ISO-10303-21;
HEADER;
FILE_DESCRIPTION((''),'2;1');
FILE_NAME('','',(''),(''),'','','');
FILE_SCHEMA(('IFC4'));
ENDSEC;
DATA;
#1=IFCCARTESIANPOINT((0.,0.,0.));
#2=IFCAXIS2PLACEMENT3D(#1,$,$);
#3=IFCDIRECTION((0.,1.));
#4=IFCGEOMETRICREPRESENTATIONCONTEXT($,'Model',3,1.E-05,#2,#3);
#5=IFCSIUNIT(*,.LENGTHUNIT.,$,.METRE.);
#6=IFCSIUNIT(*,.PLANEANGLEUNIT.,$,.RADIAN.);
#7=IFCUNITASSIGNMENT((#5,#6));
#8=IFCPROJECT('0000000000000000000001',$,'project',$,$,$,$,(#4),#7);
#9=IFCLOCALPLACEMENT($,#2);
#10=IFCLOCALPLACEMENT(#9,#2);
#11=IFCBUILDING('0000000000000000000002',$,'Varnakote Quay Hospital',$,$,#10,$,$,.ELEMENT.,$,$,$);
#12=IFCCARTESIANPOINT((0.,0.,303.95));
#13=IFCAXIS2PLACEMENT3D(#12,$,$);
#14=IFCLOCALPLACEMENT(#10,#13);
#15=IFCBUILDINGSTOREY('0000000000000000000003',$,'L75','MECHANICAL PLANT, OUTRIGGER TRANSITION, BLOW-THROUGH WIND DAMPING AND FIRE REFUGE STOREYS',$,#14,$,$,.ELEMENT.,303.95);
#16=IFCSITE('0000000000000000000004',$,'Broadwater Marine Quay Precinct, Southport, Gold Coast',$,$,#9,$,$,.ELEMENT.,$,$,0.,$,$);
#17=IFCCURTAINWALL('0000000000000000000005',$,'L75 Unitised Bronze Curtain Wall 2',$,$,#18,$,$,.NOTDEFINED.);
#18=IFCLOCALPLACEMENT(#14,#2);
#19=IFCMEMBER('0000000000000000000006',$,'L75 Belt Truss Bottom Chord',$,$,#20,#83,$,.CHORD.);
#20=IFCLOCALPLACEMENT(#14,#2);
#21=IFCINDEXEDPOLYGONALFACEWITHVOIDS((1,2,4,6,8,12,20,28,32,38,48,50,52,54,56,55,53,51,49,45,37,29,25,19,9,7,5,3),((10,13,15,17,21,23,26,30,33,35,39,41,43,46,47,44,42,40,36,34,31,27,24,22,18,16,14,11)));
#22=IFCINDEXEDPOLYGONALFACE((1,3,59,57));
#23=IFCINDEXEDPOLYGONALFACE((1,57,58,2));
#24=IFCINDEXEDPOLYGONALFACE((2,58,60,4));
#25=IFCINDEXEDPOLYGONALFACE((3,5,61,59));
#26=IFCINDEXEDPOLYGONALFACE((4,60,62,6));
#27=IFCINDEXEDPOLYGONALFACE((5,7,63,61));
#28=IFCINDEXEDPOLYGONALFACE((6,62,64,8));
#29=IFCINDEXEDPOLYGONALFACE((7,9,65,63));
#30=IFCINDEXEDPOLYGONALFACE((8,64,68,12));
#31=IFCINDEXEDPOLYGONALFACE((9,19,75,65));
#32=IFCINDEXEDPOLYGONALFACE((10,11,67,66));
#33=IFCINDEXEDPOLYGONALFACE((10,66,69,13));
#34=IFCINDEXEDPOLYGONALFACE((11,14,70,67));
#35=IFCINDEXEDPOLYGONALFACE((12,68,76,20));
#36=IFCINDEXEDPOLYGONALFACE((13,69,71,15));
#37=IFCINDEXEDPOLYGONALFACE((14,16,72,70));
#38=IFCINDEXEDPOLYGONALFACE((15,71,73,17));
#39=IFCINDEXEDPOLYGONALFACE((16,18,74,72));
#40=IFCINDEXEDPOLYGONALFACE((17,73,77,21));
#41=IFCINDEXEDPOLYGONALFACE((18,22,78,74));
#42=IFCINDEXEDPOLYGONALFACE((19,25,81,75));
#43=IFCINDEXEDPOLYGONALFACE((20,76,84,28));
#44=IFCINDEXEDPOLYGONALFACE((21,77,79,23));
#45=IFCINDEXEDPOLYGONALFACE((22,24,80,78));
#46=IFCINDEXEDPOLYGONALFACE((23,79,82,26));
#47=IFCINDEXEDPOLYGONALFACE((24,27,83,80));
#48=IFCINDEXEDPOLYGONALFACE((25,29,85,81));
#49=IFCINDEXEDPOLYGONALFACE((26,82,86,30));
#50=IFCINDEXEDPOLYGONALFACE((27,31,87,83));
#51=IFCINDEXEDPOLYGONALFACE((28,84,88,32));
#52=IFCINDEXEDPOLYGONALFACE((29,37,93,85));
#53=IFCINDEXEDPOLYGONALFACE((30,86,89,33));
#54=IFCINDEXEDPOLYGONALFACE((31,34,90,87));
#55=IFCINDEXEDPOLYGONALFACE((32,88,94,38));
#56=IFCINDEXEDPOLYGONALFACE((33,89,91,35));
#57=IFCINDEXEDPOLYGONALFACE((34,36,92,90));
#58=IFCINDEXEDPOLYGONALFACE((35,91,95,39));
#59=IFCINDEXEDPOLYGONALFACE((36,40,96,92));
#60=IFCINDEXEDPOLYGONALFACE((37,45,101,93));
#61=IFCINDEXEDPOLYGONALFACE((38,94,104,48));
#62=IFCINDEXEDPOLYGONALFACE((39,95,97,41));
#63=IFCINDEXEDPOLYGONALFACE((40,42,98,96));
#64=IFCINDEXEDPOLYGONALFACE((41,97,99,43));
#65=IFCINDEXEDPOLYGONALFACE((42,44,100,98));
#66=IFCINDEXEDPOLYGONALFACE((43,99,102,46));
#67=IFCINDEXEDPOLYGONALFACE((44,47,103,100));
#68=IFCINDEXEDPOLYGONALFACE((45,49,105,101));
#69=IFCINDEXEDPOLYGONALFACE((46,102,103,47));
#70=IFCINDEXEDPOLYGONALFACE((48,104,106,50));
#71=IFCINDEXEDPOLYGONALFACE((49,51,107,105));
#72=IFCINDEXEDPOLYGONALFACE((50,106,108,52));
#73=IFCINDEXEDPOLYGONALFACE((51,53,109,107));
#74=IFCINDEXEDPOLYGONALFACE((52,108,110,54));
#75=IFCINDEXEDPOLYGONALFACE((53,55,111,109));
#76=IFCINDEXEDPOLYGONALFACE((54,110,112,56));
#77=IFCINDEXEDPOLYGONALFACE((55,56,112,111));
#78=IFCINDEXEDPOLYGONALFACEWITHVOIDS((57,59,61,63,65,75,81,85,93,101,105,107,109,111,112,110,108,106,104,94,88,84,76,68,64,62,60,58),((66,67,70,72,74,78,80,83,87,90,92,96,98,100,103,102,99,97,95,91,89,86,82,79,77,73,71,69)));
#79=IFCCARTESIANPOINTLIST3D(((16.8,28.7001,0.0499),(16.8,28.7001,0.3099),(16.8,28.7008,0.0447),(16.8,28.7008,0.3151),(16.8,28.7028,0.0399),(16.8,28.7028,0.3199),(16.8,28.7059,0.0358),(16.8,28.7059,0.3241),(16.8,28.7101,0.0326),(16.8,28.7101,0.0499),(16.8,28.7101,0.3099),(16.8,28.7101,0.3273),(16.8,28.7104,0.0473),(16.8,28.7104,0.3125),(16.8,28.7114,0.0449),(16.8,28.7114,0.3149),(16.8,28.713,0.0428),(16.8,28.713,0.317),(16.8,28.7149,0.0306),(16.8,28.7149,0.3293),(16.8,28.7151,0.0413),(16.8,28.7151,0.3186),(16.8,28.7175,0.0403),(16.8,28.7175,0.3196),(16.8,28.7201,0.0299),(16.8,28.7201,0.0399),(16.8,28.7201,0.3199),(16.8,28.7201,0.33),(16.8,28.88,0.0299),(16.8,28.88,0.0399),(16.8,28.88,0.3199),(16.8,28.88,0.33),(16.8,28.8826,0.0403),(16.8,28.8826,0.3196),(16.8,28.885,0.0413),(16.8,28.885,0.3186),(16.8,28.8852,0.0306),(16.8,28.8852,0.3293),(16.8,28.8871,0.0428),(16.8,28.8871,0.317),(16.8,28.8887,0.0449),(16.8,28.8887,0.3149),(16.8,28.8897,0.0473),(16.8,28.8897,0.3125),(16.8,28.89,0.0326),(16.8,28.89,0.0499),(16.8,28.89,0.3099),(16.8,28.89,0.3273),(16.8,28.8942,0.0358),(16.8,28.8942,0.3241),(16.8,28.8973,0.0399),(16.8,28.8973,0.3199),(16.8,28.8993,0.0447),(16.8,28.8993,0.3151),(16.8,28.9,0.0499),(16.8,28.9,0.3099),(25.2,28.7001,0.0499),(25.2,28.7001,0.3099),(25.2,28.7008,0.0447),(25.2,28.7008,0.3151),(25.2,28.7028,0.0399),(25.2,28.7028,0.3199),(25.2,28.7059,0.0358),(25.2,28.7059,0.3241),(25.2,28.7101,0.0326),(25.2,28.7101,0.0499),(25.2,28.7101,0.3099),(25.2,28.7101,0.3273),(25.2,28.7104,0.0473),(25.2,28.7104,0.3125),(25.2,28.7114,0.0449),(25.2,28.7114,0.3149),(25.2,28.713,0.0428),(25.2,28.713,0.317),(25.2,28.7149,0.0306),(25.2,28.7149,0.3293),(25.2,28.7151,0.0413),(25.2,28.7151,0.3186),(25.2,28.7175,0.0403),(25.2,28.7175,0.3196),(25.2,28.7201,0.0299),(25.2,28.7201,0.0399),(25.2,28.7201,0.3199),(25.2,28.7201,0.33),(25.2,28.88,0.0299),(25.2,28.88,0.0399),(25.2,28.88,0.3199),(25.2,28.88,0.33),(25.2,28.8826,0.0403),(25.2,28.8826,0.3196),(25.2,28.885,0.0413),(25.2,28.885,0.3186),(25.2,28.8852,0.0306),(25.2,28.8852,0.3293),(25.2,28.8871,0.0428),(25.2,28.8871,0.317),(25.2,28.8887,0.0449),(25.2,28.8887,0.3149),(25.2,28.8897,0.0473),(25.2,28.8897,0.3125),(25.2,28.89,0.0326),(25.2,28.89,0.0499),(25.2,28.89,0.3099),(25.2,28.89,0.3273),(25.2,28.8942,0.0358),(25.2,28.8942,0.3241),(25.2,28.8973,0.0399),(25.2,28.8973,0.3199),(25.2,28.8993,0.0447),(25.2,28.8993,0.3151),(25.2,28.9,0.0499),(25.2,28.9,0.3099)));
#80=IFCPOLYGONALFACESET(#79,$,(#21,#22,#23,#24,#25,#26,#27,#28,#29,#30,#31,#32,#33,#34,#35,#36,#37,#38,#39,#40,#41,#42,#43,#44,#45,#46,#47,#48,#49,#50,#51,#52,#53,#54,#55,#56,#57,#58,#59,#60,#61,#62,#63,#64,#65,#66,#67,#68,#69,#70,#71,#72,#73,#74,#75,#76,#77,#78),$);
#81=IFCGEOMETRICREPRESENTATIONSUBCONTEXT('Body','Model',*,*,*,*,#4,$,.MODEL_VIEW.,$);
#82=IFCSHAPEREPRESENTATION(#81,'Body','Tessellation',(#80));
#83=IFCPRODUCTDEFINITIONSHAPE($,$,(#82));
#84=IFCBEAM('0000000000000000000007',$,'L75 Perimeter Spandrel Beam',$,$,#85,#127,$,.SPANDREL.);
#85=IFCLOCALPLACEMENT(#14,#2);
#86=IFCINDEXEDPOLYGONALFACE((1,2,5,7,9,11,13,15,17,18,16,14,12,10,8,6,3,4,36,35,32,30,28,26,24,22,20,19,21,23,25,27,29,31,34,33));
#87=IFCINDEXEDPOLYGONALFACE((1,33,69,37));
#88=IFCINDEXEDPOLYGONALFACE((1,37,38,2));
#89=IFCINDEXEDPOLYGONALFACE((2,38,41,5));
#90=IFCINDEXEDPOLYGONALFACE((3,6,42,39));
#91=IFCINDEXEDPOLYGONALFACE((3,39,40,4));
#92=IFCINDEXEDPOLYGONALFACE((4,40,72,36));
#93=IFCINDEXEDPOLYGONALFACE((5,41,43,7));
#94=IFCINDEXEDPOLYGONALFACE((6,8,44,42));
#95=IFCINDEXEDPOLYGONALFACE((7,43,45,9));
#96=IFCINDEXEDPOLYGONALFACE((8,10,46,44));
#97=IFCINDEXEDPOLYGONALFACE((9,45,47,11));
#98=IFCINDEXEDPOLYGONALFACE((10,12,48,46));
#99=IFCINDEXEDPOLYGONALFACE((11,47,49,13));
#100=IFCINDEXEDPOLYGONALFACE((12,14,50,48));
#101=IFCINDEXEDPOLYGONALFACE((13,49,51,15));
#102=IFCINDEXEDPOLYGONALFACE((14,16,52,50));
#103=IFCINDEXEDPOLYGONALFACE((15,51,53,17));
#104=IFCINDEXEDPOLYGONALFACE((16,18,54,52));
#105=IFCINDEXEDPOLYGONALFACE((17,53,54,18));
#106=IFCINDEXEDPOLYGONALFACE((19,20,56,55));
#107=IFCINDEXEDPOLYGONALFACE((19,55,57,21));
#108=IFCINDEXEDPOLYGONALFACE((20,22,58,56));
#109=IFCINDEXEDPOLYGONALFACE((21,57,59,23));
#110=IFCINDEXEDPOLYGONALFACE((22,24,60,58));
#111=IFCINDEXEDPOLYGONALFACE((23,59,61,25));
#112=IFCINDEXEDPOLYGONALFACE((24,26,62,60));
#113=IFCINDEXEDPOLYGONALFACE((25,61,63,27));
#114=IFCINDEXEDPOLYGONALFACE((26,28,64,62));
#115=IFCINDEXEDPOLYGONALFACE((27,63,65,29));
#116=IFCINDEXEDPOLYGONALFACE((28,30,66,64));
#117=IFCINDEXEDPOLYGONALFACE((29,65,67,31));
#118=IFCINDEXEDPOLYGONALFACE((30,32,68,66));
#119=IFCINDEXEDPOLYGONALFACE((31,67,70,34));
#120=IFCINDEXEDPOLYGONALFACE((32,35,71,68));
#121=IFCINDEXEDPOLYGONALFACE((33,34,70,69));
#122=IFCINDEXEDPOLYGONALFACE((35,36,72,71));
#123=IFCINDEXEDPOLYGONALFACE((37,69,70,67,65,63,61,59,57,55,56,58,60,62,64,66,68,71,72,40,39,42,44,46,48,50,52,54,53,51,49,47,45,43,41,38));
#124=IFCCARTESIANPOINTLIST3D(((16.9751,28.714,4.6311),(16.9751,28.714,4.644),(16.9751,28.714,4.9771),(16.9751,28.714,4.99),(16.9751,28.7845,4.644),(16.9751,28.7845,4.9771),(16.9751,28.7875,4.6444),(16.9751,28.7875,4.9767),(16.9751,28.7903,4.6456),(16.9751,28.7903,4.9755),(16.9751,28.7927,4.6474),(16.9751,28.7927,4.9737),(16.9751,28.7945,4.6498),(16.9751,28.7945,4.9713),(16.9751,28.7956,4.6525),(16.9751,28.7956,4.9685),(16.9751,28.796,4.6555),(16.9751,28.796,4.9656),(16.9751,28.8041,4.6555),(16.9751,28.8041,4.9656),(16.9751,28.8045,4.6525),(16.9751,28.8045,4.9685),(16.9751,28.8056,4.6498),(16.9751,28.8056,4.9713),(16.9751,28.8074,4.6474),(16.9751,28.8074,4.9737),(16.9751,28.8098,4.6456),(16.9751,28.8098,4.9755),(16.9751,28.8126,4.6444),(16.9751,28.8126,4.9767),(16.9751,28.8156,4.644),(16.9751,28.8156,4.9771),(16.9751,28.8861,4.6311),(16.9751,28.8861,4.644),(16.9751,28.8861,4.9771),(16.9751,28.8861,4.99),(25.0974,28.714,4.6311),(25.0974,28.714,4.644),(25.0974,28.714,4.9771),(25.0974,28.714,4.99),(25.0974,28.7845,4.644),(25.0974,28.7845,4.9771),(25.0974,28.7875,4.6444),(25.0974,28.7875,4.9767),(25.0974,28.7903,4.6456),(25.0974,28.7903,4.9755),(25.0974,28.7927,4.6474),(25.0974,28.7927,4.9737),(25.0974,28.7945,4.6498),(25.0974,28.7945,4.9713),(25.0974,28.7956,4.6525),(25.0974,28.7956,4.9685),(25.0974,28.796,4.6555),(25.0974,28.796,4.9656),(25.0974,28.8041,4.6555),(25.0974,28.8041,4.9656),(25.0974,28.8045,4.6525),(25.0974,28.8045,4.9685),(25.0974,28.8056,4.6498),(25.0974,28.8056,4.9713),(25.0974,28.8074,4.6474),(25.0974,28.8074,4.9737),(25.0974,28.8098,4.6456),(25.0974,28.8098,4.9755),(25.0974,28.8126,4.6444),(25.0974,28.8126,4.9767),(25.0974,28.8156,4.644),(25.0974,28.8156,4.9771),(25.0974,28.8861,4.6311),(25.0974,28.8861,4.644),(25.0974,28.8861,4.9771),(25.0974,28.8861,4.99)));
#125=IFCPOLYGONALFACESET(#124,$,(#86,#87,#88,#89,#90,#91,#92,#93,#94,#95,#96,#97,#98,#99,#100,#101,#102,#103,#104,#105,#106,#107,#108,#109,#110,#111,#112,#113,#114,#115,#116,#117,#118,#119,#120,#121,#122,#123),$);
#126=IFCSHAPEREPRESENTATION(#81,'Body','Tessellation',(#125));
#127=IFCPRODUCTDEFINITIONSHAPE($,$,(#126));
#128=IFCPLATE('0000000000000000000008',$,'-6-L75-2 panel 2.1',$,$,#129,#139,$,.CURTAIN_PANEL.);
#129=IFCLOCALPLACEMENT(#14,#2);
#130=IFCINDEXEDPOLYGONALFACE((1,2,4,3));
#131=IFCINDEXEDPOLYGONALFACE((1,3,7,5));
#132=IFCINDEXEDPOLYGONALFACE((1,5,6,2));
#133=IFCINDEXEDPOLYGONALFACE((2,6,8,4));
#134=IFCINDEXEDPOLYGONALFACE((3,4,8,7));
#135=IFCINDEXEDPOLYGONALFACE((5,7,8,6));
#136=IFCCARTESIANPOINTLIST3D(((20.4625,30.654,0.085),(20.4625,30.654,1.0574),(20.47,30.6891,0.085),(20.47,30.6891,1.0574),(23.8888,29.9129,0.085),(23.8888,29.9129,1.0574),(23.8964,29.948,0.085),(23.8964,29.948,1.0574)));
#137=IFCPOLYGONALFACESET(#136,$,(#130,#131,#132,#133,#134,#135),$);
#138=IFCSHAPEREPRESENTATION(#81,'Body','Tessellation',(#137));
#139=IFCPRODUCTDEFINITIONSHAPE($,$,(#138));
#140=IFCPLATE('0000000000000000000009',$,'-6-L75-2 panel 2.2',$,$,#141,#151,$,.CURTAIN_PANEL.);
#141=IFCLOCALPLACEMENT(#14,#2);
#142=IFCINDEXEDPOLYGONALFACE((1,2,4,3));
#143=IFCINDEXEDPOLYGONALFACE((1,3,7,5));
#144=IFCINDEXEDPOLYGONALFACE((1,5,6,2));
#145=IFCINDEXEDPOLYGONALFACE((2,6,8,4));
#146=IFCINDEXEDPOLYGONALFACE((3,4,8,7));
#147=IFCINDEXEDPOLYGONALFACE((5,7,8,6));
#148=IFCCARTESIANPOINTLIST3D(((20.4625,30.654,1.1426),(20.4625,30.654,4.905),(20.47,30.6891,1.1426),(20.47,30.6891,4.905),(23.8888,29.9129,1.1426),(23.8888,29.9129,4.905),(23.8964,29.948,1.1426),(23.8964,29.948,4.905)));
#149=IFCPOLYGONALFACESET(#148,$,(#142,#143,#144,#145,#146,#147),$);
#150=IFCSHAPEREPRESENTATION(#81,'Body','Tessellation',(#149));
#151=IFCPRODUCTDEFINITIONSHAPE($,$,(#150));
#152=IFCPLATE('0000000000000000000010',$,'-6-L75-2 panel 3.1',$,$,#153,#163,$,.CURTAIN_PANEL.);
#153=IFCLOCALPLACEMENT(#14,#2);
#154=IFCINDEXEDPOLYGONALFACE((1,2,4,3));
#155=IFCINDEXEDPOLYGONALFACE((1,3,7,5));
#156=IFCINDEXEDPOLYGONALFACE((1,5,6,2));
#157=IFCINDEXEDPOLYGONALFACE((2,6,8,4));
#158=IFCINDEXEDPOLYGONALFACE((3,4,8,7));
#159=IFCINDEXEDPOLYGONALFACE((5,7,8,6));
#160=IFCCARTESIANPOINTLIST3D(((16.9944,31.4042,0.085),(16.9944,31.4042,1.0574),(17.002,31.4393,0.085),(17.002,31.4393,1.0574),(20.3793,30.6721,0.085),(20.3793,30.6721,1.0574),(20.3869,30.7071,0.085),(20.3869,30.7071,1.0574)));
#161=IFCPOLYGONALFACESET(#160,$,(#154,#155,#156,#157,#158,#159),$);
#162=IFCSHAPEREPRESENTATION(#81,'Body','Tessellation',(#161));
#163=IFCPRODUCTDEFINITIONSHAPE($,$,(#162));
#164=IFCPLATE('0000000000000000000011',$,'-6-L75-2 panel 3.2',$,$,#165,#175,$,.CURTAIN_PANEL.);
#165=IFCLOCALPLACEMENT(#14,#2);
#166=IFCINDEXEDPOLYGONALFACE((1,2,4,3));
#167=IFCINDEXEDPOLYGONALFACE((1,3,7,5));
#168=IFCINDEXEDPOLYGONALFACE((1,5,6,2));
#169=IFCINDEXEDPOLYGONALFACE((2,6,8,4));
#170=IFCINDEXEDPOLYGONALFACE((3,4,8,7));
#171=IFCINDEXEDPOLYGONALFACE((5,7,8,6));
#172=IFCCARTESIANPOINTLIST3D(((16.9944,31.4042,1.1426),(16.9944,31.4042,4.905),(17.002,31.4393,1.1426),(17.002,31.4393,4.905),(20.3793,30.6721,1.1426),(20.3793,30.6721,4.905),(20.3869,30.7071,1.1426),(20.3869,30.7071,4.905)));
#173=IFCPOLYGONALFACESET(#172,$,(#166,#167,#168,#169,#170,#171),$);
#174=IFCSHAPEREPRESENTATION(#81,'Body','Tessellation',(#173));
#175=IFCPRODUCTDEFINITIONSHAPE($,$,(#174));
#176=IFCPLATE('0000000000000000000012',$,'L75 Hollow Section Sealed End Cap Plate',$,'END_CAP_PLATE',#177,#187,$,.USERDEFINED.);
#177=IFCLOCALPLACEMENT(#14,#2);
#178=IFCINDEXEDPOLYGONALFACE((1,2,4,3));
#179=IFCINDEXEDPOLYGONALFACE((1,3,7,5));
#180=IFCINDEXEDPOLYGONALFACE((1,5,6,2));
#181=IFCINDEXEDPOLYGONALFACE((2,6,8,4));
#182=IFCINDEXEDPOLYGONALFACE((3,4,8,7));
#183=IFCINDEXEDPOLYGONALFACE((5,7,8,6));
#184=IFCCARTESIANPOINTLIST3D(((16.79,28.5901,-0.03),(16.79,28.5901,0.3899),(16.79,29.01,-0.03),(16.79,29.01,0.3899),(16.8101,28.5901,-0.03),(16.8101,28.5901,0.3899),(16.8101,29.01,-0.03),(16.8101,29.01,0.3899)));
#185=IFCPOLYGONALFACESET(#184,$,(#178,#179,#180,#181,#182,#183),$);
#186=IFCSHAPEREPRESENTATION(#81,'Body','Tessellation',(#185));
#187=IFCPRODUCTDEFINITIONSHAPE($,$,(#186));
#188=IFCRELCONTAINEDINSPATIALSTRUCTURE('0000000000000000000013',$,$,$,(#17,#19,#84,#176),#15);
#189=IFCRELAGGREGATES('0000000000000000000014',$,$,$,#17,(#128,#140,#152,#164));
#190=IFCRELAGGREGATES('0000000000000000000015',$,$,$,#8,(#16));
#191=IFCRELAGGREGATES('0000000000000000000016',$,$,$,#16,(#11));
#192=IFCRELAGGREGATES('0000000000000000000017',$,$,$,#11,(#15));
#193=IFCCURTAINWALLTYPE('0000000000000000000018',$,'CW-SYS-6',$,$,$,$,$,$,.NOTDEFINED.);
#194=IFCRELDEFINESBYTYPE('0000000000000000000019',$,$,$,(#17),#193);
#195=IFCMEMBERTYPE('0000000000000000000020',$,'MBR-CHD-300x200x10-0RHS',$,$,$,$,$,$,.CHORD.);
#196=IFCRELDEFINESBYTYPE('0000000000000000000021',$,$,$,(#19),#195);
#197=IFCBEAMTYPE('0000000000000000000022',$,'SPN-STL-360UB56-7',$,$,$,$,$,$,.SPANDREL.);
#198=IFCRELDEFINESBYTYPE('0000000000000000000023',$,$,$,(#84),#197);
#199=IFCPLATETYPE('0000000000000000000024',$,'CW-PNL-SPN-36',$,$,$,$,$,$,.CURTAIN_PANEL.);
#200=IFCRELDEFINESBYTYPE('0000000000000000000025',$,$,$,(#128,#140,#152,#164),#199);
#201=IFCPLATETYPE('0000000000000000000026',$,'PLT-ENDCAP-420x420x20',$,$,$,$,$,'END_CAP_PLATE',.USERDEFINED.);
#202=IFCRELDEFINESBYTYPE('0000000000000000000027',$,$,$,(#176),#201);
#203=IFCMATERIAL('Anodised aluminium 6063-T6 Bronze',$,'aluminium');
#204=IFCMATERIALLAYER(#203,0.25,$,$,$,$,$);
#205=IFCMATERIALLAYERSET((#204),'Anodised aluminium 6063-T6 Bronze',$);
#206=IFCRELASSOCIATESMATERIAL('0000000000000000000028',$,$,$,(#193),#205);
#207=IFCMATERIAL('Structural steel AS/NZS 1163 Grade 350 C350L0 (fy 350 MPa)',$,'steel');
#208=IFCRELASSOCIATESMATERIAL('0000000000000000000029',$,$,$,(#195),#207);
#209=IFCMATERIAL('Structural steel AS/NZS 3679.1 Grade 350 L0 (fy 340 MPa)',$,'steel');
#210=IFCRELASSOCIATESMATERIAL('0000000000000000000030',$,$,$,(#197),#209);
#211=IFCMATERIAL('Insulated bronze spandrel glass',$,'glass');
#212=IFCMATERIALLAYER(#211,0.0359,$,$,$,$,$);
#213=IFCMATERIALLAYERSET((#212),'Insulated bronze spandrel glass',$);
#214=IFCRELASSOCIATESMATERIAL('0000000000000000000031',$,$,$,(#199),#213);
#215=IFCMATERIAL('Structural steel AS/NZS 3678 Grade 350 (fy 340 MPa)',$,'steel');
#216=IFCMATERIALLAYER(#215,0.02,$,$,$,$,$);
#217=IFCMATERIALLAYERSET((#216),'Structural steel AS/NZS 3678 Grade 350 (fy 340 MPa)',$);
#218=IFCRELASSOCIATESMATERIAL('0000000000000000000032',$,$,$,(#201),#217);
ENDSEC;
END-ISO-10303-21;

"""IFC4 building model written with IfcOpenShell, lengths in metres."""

from ifc_helpers import new_model, si_unit, direction, frame, origin, origin_2d, place, context, subcontext, project, spatial, rectangle, hollow_rectangle, i_section, extrude, material, layer, layer_set, material_profile, profile_set, type_object, element, aggregate, save


model = new_model("IFC4")

# Units and contexts
model_context = context("Model", 3, precision=1e-05, world=origin(), true_north=direction((0.0, 1.0)))
body_context = subcontext(model_context, "Body", "Model", "MODEL_VIEW")
ifc_project = project(units=[si_unit("LENGTHUNIT", "METRE"), si_unit("PLANEANGLEUNIT", "RADIAN")], contexts=[model_context])

# Site, building, storey
site_placement = place(None, origin())
site = spatial("IfcSite", under=ifc_project, at=site_placement, Name="Broadwater Marine Quay Precinct, Southport, Gold Coast", CompositionType="ELEMENT", RefElevation=0.0)
building_placement = place(site_placement, origin())
building = spatial("IfcBuilding", under=site, at=building_placement, Name="Varnakote Quay Hospital", CompositionType="ELEMENT")
storey_placement = place(building_placement, frame((0.0, 0.0, 303.95)))
storey = spatial("IfcBuildingStorey", under=building, at=storey_placement, Name="L75", Description="MECHANICAL PLANT, OUTRIGGER TRANSITION, BLOW-THROUGH WIND DAMPING AND FIRE REFUGE STOREYS", CompositionType="ELEMENT", Elevation=303.95)

# Curtain wall
ifc_material_1 = material(Name="Anodised aluminium 6063-T6 Bronze", Category="aluminium")
ifc_layer_1 = layer(ifc_material_1, 0.25)
ifc_layer_set_1 = layer_set([ifc_layer_1], Name="Anodised aluminium 6063-T6 Bronze")
curtain_wall_type = type_object("IfcCurtainWallType", Name="CW-SYS-6", PredefinedType="NOTDEFINED", material=ifc_layer_set_1)
curtain_wall_placement = place(storey_placement, origin())
curtain_wall = element("IfcCurtainWall", 1, at=curtain_wall_placement, inside=storey, type_object=curtain_wall_type, Name="L75 Unitised Bronze Curtain Wall 2", PredefinedType="NOTDEFINED")

# Member
ifc_material_2 = material(Name="Structural steel AS/NZS 1163 Grade 350 C350L0 (fy 350 MPa)", Category="steel")
ifc_material_profile_1 = material_profile(ifc_material_2, hollow_rectangle(XDim=0.2, YDim=0.3, WallThickness=0.01, InnerFilletRadius=0.01, OuterFilletRadius=0.02, at=origin_2d()), Name="300x200x10.0RHS")
ifc_profile_set_1 = profile_set([ifc_material_profile_1], Name="Structural steel AS/NZS 1163 Grade 350 C350L0 (fy 350 MPa)")
member_type_1 = type_object("IfcMemberType", Name="MBR-CHD-300x200x10-0RHS", PredefinedType="CHORD", material=ifc_profile_set_1)
member_1_placement = place(storey_placement, frame((16.8, 28.8, 0.1799), z_axis=(1.0, 0.0, 0.0), x_axis=(0.0, 1.0, 0.0)))
element("IfcMember", 2, at=member_1_placement, inside=storey, type_object=member_type_1, Name="L75 Belt Truss Bottom Chord", PredefinedType="CHORD", context=body_context, shape_type="SweptSolid", body=[
    extrude(hollow_rectangle(XDim=0.2, YDim=0.3, WallThickness=0.01, InnerFilletRadius=0.01, OuterFilletRadius=0.02, at=origin_2d()), origin(), (0.0, 0.0, 1.0), 8.3999),
])

# Beam
ifc_material_3 = material(Name="Structural steel AS/NZS 3679.1 Grade 350 L0 (fy 340 MPa)", Category="steel")
ifc_material_profile_2 = material_profile(ifc_material_3, i_section(OverallWidth=0.1721, OverallDepth=0.3589, WebThickness=0.0081, FlangeThickness=0.0129, FilletRadius=0.0115, at=origin_2d()), Name="360UB56.7")
ifc_profile_set_2 = profile_set([ifc_material_profile_2], Name="Structural steel AS/NZS 3679.1 Grade 350 L0 (fy 340 MPa)")
beam_type = type_object("IfcBeamType", Name="SPN-STL-360UB56-7", PredefinedType="SPANDREL", material=ifc_profile_set_2)
beam_placement = place(storey_placement, frame((16.9751, 28.8, 4.8105), z_axis=(1.0, 0.0, 0.0), x_axis=(0.0, 1.0, 0.0)))
element("IfcBeam", 3, at=beam_placement, inside=storey, type_object=beam_type, Name="L75 Perimeter Spandrel Beam", PredefinedType="SPANDREL", context=body_context, shape_type="SweptSolid", body=[
    extrude(i_section(OverallWidth=0.1721, OverallDepth=0.3589, WebThickness=0.0081, FlangeThickness=0.0129, FilletRadius=0.0115, at=origin_2d()), origin(), (0.0, 0.0, 1.0), 8.1223),
])

# Plates
ifc_material_4 = material(Name="Insulated bronze spandrel glass", Category="glass")
ifc_layer_2 = layer(ifc_material_4, 0.0359)
ifc_layer_set_2 = layer_set([ifc_layer_2], Name="Insulated bronze spandrel glass")
plate_type_1 = type_object("IfcPlateType", Name="CW-PNL-SPN-36", PredefinedType="CURTAIN_PANEL", material=ifc_layer_set_2)
plate_1_placement = place(storey_placement, frame((22.1794, 30.301, 0.085), z_axis=(0.0, 0.0, 1.0), x_axis=(-0.977398, 0.211408, 0.0)))
plate_1 = element("IfcPlate", 4, at=plate_1_placement, type_object=plate_type_1, Name="-6-L75-2 panel 2.1", PredefinedType="CURTAIN_PANEL", context=body_context, shape_type="SweptSolid", body=[
    extrude(rectangle(XDim=3.5056, YDim=0.0359, at=origin_2d()), origin(), (0.0, 0.0, 1.0), 0.9724),
])
plate_2_placement = place(storey_placement, frame((22.1794, 30.301, 1.1426), z_axis=(0.0, 0.0, 1.0), x_axis=(-0.977398, 0.211408, 0.0)))
plate_2 = element("IfcPlate", 5, at=plate_2_placement, type_object=plate_type_1, Name="-6-L75-2 panel 2.2", PredefinedType="CURTAIN_PANEL", context=body_context, shape_type="SweptSolid", body=[
    extrude(rectangle(XDim=3.5056, YDim=0.0359, at=origin_2d()), origin(), (0.0, 0.0, 1.0), 3.7625),
])
plate_3_placement = place(storey_placement, frame((18.6907, 31.0557, 0.085), z_axis=(0.0, 0.0, 1.0), x_axis=(-0.977398, 0.211408, 0.0)))
plate_3 = element("IfcPlate", 6, at=plate_3_placement, type_object=plate_type_1, Name="-6-L75-2 panel 3.1", PredefinedType="CURTAIN_PANEL", context=body_context, shape_type="SweptSolid", body=[
    extrude(rectangle(XDim=3.4631, YDim=0.0359, at=origin_2d()), origin(), (0.0, 0.0, 1.0), 0.9724),
])
plate_4_placement = place(storey_placement, frame((18.6907, 31.0557, 1.1426), z_axis=(0.0, 0.0, 1.0), x_axis=(-0.977398, 0.211408, 0.0)))
plate_4 = element("IfcPlate", 7, at=plate_4_placement, type_object=plate_type_1, Name="-6-L75-2 panel 3.2", PredefinedType="CURTAIN_PANEL", context=body_context, shape_type="SweptSolid", body=[
    extrude(rectangle(XDim=3.4631, YDim=0.0359, at=origin_2d()), origin(), (0.0, 0.0, 1.0), 3.7625),
])
aggregate(curtain_wall, [plate_1, plate_2, plate_3, plate_4])

# Plate
ifc_material_5 = material(Name="Structural steel AS/NZS 3678 Grade 350 (fy 340 MPa)", Category="steel")
ifc_layer_3 = layer(ifc_material_5, 0.02)
ifc_layer_set_3 = layer_set([ifc_layer_3], Name="Structural steel AS/NZS 3678 Grade 350 (fy 340 MPa)")
plate_type_2 = type_object("IfcPlateType", Name="PLT-ENDCAP-420x420x20", ElementType="END_CAP_PLATE", PredefinedType="USERDEFINED", material=ifc_layer_set_3)
for number, where, z_axis, x_axis, name in (
    (8, (16.8, 28.8, -0.03), (0.0, 0.0, 1.0), (1.0, 0.0, 0.0), "L75 Hollow Section Sealed End Cap Plate"),
):
    element("IfcPlate", number, at=place(storey_placement, frame(where, z_axis=z_axis, x_axis=x_axis)), inside=storey, type_object=plate_type_2, Name=name, ObjectType="END_CAP_PLATE", PredefinedType="USERDEFINED", context=body_context, shape_type="SweptSolid", body=[
        extrude(rectangle(XDim=0.02, YDim=0.4199, at=origin_2d()), origin(), (0.0, 0.0, 1.0), 0.4199),
    ])

save(model, "model.ifc")
